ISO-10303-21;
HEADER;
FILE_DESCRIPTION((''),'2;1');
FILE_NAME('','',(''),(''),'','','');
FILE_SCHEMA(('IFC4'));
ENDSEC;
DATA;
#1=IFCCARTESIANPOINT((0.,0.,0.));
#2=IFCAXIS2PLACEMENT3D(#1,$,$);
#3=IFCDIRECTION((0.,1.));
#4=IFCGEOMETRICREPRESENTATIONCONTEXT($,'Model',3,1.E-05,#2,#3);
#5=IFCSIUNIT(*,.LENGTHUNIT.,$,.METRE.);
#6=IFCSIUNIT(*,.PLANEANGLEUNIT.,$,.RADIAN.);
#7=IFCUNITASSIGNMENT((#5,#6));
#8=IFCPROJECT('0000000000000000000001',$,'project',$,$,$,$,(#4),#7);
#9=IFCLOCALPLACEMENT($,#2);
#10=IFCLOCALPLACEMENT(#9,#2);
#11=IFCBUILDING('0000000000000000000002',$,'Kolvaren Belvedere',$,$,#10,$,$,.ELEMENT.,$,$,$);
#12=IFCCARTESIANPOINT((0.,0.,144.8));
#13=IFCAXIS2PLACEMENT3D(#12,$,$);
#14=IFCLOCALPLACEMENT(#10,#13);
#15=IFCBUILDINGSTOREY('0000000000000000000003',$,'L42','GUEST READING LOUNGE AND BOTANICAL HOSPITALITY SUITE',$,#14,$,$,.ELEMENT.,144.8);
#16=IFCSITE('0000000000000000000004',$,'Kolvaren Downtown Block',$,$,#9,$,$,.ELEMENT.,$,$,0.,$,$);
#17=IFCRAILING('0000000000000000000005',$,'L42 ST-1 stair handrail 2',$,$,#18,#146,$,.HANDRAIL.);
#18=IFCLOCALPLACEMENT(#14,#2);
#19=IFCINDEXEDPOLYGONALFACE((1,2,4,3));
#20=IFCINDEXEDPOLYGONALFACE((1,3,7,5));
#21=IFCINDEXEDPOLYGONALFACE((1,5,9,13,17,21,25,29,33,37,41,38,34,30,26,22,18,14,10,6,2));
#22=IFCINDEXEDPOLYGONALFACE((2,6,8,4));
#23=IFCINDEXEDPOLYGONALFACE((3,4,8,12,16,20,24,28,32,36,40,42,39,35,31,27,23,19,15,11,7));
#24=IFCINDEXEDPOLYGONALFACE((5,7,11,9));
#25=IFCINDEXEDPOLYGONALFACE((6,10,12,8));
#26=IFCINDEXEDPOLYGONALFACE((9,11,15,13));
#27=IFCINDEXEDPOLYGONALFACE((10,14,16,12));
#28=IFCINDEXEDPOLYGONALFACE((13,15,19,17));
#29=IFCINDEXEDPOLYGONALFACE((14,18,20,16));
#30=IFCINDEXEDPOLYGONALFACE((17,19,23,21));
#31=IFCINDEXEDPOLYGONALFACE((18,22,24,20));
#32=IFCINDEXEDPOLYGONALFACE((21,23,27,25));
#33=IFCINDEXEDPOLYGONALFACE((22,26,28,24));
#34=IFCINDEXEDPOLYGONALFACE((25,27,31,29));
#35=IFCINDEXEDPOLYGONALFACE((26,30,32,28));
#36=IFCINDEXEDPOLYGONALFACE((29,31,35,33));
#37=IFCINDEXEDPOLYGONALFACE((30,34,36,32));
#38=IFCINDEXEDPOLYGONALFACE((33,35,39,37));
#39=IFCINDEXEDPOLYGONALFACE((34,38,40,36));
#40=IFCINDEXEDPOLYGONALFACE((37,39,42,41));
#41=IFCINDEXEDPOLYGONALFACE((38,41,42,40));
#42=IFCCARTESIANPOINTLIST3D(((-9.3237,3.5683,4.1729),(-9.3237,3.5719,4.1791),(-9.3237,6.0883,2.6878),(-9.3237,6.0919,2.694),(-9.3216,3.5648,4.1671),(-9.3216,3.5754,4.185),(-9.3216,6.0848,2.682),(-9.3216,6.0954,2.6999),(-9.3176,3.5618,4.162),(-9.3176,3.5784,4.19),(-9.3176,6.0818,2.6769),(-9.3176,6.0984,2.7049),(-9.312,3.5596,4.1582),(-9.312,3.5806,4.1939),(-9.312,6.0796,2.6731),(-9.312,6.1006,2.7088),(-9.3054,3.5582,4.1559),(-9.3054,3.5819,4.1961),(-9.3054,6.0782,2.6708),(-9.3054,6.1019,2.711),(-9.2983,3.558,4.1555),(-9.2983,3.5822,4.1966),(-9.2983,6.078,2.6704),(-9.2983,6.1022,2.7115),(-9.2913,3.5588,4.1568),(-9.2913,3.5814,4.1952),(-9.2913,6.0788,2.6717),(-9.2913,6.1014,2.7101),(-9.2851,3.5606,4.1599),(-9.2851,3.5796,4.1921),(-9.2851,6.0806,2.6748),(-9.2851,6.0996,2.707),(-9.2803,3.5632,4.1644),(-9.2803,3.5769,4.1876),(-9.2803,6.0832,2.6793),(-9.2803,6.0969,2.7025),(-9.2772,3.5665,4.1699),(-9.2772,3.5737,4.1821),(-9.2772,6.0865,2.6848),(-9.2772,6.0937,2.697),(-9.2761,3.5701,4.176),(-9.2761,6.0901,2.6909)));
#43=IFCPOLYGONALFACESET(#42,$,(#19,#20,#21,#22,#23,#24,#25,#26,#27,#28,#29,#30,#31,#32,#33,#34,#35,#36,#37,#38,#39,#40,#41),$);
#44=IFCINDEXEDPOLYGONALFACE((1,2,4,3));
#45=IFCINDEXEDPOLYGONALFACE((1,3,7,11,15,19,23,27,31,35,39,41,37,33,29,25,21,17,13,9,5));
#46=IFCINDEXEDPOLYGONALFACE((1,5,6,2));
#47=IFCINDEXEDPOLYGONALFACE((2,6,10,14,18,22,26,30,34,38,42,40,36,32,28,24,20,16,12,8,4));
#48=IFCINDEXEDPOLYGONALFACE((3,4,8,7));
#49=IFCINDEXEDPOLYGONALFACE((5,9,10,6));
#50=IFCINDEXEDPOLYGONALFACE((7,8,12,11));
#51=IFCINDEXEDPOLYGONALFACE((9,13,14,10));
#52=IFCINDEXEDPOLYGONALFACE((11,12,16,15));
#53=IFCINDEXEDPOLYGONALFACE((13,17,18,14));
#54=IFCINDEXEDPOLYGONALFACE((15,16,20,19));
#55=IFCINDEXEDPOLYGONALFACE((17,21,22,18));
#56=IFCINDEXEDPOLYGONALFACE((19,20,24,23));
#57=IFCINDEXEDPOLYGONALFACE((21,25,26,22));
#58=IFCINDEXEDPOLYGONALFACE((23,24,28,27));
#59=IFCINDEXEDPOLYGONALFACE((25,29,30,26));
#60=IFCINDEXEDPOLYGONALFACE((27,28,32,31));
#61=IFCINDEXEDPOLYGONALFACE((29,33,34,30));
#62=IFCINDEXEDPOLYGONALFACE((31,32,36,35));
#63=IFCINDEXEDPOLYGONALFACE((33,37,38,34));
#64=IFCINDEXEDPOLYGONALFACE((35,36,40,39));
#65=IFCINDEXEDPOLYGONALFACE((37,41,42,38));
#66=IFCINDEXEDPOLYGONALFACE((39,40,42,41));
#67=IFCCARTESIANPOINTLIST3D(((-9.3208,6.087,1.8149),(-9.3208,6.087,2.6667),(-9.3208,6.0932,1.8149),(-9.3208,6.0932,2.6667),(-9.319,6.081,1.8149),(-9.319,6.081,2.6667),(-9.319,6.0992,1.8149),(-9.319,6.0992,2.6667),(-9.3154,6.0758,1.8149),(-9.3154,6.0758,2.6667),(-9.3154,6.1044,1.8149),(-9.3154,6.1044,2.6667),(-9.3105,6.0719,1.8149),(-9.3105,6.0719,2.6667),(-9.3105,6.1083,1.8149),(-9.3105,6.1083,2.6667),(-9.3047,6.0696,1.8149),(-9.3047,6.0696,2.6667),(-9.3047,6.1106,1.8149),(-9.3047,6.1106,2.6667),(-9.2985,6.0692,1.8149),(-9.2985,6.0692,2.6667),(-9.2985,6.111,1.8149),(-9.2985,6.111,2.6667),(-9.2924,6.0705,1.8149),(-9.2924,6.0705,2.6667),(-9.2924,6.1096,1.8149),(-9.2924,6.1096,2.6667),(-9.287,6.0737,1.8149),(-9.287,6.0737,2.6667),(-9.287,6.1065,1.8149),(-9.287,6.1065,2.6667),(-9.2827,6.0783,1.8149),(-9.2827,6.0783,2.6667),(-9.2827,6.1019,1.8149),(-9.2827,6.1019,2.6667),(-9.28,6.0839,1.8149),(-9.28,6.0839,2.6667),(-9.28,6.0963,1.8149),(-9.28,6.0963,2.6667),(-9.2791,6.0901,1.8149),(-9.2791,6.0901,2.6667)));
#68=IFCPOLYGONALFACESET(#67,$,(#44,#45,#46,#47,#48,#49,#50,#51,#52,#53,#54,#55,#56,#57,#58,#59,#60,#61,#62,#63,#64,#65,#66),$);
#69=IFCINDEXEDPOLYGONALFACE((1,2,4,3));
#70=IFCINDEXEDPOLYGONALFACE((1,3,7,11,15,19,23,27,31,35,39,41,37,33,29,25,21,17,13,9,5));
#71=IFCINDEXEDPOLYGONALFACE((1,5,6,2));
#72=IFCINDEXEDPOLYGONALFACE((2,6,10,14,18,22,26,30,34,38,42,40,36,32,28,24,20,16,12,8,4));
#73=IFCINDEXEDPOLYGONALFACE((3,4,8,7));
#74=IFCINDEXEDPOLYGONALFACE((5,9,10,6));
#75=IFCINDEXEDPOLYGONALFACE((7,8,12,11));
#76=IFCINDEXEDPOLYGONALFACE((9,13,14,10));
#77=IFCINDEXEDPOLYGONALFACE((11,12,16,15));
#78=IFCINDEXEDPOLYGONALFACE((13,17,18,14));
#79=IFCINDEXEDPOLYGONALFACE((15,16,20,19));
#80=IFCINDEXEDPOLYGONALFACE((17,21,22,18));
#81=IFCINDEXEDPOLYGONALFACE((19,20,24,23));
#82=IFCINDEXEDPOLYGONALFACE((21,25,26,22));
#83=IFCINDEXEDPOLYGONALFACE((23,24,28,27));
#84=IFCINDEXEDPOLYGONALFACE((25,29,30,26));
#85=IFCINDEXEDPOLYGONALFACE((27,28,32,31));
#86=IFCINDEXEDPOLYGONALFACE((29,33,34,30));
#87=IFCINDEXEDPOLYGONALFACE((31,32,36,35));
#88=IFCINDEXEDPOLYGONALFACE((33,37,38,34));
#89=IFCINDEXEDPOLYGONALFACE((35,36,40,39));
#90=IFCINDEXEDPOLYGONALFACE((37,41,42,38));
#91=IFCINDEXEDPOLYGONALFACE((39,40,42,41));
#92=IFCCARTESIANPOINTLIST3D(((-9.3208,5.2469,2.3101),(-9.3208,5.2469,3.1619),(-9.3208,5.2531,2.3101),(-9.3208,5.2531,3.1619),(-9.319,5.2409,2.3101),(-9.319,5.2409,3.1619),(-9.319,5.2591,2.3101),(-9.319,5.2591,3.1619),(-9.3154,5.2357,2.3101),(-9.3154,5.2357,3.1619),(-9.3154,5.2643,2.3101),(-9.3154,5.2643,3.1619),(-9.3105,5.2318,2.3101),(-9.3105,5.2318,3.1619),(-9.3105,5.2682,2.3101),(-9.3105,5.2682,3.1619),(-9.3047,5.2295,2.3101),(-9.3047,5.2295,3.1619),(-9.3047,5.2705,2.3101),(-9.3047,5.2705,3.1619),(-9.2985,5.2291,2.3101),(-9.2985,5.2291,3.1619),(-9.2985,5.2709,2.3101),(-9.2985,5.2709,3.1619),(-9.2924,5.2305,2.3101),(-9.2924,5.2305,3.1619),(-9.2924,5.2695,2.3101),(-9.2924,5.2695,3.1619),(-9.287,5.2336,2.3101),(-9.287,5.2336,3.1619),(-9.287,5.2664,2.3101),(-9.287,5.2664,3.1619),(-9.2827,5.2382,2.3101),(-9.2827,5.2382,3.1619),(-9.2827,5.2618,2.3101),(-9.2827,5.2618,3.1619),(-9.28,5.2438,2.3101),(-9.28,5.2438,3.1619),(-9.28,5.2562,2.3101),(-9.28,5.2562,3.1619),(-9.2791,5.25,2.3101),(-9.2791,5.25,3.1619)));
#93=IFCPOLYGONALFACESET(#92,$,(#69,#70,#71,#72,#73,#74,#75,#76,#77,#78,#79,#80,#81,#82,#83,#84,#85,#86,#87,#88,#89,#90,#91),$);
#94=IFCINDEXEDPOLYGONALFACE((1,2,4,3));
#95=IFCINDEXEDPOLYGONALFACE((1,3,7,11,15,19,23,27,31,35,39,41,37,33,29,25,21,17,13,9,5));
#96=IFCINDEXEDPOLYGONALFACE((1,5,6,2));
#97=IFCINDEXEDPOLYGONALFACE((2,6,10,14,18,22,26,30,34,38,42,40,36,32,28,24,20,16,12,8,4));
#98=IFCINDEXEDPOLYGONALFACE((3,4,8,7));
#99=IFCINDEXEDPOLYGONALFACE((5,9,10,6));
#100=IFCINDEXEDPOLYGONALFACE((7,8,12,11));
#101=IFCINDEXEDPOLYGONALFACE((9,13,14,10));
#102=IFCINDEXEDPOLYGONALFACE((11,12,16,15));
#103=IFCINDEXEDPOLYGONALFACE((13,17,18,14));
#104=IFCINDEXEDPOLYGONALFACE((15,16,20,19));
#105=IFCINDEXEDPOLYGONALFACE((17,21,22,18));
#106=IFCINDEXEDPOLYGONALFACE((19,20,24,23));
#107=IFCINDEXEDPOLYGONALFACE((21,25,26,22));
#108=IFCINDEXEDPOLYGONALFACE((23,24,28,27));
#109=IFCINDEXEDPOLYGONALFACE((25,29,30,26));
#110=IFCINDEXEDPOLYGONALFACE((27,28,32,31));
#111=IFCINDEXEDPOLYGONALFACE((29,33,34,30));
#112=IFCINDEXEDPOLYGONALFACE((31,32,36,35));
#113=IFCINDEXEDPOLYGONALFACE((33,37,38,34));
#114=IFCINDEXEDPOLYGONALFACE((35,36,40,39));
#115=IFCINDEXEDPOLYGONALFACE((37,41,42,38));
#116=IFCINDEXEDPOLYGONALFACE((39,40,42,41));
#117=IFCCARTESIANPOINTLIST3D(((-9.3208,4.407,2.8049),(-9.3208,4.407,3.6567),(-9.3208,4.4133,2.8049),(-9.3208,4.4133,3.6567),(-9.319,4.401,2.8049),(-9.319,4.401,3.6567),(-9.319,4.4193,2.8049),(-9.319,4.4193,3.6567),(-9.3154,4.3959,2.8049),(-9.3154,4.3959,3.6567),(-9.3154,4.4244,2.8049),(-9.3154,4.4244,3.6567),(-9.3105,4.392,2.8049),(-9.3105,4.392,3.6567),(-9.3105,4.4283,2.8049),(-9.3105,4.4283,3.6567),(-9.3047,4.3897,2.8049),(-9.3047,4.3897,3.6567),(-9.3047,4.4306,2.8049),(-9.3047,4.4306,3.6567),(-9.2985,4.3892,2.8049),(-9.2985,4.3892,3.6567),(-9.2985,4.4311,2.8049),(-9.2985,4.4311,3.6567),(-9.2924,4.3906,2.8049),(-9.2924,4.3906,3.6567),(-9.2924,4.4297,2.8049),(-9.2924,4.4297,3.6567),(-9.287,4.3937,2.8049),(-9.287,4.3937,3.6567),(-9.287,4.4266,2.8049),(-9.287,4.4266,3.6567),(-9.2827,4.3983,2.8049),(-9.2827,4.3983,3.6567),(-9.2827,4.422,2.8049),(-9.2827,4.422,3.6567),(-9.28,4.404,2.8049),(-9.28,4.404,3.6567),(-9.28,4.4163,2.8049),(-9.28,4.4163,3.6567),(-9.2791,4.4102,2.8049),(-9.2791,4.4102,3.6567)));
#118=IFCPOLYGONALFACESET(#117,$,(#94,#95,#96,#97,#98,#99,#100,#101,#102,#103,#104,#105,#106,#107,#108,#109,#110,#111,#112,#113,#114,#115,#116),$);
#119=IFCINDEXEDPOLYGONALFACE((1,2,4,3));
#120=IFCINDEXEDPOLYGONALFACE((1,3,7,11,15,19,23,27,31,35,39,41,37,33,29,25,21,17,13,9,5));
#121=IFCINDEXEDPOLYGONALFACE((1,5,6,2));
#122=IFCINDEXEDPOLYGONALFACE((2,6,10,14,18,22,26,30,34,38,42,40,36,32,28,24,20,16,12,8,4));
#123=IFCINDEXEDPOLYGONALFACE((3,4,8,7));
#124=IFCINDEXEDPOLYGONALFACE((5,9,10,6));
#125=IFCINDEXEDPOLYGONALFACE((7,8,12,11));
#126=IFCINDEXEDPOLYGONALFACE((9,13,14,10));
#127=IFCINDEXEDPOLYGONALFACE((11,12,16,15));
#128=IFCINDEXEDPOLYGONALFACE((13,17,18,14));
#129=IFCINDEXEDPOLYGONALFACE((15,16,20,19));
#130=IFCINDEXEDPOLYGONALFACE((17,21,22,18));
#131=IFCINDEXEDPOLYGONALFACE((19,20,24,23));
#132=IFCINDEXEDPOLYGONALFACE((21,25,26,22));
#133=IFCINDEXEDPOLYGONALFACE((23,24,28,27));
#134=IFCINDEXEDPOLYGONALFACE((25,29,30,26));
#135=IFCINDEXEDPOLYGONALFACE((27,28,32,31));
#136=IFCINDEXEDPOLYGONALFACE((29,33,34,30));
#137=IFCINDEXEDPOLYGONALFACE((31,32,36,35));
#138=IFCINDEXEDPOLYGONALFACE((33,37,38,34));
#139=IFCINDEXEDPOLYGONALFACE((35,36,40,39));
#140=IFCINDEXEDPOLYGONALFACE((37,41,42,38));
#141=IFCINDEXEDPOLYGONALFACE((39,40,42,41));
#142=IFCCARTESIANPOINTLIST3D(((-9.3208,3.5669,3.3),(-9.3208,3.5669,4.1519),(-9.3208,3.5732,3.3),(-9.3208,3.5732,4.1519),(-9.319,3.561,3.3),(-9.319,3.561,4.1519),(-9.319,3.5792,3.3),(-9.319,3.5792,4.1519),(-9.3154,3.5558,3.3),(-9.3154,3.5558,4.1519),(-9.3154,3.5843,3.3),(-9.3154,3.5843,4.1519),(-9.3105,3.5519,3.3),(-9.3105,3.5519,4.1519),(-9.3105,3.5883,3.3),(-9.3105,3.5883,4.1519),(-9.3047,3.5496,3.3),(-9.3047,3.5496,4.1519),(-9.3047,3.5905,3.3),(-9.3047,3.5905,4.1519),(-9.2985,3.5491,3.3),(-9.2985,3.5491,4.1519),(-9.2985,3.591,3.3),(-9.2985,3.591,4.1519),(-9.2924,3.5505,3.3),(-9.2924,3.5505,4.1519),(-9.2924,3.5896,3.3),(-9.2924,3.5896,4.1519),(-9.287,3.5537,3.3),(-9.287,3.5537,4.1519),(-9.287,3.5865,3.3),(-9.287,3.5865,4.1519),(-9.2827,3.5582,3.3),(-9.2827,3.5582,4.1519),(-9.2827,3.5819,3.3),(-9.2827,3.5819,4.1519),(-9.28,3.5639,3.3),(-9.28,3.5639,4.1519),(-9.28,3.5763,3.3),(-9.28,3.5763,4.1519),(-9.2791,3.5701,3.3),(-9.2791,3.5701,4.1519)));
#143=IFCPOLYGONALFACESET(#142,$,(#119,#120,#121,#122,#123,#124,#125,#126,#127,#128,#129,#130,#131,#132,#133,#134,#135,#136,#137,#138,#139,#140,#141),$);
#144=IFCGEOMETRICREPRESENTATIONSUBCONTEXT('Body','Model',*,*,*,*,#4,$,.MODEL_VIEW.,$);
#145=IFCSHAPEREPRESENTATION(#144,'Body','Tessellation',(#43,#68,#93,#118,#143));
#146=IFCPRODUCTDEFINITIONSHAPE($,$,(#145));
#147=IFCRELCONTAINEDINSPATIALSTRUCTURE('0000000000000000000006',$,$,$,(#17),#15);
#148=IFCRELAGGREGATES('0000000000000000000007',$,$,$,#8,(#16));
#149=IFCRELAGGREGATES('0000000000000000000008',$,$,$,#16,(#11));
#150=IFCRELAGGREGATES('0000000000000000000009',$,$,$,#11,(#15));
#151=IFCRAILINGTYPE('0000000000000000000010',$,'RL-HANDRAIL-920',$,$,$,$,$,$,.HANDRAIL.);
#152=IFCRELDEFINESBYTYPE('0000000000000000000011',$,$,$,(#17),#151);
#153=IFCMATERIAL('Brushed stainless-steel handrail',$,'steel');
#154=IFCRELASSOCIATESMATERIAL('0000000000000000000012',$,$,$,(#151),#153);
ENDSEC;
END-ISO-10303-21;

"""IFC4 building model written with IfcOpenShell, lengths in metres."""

from ifc_helpers import new_model, si_unit, direction, frame, origin, origin_2d, place, context, subcontext, project, spatial, circle, extrude, material, type_object, element, save


model = new_model("IFC4")

# Units and contexts
model_context = context("Model", 3, precision=1e-05, world=origin(), true_north=direction((0.0, 1.0)))
body_context = subcontext(model_context, "Body", "Model", "MODEL_VIEW")
ifc_project = project(units=[si_unit("LENGTHUNIT", "METRE"), si_unit("PLANEANGLEUNIT", "RADIAN")], contexts=[model_context])

# Site, building, storey
site_placement = place(None, origin())
site = spatial("IfcSite", under=ifc_project, at=site_placement, Name="Kolvaren Downtown Block", CompositionType="ELEMENT", RefElevation=0.0)
building_placement = place(site_placement, origin())
building = spatial("IfcBuilding", under=site, at=building_placement, Name="Kolvaren Belvedere", CompositionType="ELEMENT")
storey_placement = place(building_placement, frame((0.0, 0.0, 144.8)))
storey = spatial("IfcBuildingStorey", under=building, at=storey_placement, Name="L42", Description="GUEST READING LOUNGE AND BOTANICAL HOSPITALITY SUITE", CompositionType="ELEMENT", Elevation=144.8)

# Railing
ifc_material_1 = material(Name="Brushed stainless-steel handrail", Category="steel")
railing_type_1 = type_object("IfcRailingType", Name="RL-HANDRAIL-920", PredefinedType="HANDRAIL", material=ifc_material_1)
railing_1_placement = place(storey_placement, frame((-9.3, 6.0901, 1.8149)))
element("IfcRailing", 1, at=railing_1_placement, inside=storey, type_object=railing_type_1, Name="L42 ST-1 stair handrail 2", PredefinedType="HANDRAIL", context=body_context, shape_type="SweptSolid", body=[
    extrude(circle(Radius=0.0239, at=origin_2d()), frame((0.0, 0.0, 0.876), z_axis=(0.0, -0.861524, 0.507717), x_axis=(1.0, 0.0, 0.0)), (0.0, 0.0, 1.0), 2.925),
    extrude(circle(Radius=0.021, at=origin_2d()), origin(), (0.0, 0.0, 1.0), 0.8518),
    extrude(circle(Radius=0.021, at=origin_2d()), frame((0.0, -0.8401, 0.4951)), (0.0, 0.0, 1.0), 0.8518),
    extrude(circle(Radius=0.021, at=origin_2d()), frame((0.0, -1.6799, 0.99)), (0.0, 0.0, 1.0), 0.8518),
    extrude(circle(Radius=0.021, at=origin_2d()), frame((0.0, -2.52, 1.4851)), (0.0, 0.0, 1.0), 0.8518),
])

save(model, "model.ifc")
